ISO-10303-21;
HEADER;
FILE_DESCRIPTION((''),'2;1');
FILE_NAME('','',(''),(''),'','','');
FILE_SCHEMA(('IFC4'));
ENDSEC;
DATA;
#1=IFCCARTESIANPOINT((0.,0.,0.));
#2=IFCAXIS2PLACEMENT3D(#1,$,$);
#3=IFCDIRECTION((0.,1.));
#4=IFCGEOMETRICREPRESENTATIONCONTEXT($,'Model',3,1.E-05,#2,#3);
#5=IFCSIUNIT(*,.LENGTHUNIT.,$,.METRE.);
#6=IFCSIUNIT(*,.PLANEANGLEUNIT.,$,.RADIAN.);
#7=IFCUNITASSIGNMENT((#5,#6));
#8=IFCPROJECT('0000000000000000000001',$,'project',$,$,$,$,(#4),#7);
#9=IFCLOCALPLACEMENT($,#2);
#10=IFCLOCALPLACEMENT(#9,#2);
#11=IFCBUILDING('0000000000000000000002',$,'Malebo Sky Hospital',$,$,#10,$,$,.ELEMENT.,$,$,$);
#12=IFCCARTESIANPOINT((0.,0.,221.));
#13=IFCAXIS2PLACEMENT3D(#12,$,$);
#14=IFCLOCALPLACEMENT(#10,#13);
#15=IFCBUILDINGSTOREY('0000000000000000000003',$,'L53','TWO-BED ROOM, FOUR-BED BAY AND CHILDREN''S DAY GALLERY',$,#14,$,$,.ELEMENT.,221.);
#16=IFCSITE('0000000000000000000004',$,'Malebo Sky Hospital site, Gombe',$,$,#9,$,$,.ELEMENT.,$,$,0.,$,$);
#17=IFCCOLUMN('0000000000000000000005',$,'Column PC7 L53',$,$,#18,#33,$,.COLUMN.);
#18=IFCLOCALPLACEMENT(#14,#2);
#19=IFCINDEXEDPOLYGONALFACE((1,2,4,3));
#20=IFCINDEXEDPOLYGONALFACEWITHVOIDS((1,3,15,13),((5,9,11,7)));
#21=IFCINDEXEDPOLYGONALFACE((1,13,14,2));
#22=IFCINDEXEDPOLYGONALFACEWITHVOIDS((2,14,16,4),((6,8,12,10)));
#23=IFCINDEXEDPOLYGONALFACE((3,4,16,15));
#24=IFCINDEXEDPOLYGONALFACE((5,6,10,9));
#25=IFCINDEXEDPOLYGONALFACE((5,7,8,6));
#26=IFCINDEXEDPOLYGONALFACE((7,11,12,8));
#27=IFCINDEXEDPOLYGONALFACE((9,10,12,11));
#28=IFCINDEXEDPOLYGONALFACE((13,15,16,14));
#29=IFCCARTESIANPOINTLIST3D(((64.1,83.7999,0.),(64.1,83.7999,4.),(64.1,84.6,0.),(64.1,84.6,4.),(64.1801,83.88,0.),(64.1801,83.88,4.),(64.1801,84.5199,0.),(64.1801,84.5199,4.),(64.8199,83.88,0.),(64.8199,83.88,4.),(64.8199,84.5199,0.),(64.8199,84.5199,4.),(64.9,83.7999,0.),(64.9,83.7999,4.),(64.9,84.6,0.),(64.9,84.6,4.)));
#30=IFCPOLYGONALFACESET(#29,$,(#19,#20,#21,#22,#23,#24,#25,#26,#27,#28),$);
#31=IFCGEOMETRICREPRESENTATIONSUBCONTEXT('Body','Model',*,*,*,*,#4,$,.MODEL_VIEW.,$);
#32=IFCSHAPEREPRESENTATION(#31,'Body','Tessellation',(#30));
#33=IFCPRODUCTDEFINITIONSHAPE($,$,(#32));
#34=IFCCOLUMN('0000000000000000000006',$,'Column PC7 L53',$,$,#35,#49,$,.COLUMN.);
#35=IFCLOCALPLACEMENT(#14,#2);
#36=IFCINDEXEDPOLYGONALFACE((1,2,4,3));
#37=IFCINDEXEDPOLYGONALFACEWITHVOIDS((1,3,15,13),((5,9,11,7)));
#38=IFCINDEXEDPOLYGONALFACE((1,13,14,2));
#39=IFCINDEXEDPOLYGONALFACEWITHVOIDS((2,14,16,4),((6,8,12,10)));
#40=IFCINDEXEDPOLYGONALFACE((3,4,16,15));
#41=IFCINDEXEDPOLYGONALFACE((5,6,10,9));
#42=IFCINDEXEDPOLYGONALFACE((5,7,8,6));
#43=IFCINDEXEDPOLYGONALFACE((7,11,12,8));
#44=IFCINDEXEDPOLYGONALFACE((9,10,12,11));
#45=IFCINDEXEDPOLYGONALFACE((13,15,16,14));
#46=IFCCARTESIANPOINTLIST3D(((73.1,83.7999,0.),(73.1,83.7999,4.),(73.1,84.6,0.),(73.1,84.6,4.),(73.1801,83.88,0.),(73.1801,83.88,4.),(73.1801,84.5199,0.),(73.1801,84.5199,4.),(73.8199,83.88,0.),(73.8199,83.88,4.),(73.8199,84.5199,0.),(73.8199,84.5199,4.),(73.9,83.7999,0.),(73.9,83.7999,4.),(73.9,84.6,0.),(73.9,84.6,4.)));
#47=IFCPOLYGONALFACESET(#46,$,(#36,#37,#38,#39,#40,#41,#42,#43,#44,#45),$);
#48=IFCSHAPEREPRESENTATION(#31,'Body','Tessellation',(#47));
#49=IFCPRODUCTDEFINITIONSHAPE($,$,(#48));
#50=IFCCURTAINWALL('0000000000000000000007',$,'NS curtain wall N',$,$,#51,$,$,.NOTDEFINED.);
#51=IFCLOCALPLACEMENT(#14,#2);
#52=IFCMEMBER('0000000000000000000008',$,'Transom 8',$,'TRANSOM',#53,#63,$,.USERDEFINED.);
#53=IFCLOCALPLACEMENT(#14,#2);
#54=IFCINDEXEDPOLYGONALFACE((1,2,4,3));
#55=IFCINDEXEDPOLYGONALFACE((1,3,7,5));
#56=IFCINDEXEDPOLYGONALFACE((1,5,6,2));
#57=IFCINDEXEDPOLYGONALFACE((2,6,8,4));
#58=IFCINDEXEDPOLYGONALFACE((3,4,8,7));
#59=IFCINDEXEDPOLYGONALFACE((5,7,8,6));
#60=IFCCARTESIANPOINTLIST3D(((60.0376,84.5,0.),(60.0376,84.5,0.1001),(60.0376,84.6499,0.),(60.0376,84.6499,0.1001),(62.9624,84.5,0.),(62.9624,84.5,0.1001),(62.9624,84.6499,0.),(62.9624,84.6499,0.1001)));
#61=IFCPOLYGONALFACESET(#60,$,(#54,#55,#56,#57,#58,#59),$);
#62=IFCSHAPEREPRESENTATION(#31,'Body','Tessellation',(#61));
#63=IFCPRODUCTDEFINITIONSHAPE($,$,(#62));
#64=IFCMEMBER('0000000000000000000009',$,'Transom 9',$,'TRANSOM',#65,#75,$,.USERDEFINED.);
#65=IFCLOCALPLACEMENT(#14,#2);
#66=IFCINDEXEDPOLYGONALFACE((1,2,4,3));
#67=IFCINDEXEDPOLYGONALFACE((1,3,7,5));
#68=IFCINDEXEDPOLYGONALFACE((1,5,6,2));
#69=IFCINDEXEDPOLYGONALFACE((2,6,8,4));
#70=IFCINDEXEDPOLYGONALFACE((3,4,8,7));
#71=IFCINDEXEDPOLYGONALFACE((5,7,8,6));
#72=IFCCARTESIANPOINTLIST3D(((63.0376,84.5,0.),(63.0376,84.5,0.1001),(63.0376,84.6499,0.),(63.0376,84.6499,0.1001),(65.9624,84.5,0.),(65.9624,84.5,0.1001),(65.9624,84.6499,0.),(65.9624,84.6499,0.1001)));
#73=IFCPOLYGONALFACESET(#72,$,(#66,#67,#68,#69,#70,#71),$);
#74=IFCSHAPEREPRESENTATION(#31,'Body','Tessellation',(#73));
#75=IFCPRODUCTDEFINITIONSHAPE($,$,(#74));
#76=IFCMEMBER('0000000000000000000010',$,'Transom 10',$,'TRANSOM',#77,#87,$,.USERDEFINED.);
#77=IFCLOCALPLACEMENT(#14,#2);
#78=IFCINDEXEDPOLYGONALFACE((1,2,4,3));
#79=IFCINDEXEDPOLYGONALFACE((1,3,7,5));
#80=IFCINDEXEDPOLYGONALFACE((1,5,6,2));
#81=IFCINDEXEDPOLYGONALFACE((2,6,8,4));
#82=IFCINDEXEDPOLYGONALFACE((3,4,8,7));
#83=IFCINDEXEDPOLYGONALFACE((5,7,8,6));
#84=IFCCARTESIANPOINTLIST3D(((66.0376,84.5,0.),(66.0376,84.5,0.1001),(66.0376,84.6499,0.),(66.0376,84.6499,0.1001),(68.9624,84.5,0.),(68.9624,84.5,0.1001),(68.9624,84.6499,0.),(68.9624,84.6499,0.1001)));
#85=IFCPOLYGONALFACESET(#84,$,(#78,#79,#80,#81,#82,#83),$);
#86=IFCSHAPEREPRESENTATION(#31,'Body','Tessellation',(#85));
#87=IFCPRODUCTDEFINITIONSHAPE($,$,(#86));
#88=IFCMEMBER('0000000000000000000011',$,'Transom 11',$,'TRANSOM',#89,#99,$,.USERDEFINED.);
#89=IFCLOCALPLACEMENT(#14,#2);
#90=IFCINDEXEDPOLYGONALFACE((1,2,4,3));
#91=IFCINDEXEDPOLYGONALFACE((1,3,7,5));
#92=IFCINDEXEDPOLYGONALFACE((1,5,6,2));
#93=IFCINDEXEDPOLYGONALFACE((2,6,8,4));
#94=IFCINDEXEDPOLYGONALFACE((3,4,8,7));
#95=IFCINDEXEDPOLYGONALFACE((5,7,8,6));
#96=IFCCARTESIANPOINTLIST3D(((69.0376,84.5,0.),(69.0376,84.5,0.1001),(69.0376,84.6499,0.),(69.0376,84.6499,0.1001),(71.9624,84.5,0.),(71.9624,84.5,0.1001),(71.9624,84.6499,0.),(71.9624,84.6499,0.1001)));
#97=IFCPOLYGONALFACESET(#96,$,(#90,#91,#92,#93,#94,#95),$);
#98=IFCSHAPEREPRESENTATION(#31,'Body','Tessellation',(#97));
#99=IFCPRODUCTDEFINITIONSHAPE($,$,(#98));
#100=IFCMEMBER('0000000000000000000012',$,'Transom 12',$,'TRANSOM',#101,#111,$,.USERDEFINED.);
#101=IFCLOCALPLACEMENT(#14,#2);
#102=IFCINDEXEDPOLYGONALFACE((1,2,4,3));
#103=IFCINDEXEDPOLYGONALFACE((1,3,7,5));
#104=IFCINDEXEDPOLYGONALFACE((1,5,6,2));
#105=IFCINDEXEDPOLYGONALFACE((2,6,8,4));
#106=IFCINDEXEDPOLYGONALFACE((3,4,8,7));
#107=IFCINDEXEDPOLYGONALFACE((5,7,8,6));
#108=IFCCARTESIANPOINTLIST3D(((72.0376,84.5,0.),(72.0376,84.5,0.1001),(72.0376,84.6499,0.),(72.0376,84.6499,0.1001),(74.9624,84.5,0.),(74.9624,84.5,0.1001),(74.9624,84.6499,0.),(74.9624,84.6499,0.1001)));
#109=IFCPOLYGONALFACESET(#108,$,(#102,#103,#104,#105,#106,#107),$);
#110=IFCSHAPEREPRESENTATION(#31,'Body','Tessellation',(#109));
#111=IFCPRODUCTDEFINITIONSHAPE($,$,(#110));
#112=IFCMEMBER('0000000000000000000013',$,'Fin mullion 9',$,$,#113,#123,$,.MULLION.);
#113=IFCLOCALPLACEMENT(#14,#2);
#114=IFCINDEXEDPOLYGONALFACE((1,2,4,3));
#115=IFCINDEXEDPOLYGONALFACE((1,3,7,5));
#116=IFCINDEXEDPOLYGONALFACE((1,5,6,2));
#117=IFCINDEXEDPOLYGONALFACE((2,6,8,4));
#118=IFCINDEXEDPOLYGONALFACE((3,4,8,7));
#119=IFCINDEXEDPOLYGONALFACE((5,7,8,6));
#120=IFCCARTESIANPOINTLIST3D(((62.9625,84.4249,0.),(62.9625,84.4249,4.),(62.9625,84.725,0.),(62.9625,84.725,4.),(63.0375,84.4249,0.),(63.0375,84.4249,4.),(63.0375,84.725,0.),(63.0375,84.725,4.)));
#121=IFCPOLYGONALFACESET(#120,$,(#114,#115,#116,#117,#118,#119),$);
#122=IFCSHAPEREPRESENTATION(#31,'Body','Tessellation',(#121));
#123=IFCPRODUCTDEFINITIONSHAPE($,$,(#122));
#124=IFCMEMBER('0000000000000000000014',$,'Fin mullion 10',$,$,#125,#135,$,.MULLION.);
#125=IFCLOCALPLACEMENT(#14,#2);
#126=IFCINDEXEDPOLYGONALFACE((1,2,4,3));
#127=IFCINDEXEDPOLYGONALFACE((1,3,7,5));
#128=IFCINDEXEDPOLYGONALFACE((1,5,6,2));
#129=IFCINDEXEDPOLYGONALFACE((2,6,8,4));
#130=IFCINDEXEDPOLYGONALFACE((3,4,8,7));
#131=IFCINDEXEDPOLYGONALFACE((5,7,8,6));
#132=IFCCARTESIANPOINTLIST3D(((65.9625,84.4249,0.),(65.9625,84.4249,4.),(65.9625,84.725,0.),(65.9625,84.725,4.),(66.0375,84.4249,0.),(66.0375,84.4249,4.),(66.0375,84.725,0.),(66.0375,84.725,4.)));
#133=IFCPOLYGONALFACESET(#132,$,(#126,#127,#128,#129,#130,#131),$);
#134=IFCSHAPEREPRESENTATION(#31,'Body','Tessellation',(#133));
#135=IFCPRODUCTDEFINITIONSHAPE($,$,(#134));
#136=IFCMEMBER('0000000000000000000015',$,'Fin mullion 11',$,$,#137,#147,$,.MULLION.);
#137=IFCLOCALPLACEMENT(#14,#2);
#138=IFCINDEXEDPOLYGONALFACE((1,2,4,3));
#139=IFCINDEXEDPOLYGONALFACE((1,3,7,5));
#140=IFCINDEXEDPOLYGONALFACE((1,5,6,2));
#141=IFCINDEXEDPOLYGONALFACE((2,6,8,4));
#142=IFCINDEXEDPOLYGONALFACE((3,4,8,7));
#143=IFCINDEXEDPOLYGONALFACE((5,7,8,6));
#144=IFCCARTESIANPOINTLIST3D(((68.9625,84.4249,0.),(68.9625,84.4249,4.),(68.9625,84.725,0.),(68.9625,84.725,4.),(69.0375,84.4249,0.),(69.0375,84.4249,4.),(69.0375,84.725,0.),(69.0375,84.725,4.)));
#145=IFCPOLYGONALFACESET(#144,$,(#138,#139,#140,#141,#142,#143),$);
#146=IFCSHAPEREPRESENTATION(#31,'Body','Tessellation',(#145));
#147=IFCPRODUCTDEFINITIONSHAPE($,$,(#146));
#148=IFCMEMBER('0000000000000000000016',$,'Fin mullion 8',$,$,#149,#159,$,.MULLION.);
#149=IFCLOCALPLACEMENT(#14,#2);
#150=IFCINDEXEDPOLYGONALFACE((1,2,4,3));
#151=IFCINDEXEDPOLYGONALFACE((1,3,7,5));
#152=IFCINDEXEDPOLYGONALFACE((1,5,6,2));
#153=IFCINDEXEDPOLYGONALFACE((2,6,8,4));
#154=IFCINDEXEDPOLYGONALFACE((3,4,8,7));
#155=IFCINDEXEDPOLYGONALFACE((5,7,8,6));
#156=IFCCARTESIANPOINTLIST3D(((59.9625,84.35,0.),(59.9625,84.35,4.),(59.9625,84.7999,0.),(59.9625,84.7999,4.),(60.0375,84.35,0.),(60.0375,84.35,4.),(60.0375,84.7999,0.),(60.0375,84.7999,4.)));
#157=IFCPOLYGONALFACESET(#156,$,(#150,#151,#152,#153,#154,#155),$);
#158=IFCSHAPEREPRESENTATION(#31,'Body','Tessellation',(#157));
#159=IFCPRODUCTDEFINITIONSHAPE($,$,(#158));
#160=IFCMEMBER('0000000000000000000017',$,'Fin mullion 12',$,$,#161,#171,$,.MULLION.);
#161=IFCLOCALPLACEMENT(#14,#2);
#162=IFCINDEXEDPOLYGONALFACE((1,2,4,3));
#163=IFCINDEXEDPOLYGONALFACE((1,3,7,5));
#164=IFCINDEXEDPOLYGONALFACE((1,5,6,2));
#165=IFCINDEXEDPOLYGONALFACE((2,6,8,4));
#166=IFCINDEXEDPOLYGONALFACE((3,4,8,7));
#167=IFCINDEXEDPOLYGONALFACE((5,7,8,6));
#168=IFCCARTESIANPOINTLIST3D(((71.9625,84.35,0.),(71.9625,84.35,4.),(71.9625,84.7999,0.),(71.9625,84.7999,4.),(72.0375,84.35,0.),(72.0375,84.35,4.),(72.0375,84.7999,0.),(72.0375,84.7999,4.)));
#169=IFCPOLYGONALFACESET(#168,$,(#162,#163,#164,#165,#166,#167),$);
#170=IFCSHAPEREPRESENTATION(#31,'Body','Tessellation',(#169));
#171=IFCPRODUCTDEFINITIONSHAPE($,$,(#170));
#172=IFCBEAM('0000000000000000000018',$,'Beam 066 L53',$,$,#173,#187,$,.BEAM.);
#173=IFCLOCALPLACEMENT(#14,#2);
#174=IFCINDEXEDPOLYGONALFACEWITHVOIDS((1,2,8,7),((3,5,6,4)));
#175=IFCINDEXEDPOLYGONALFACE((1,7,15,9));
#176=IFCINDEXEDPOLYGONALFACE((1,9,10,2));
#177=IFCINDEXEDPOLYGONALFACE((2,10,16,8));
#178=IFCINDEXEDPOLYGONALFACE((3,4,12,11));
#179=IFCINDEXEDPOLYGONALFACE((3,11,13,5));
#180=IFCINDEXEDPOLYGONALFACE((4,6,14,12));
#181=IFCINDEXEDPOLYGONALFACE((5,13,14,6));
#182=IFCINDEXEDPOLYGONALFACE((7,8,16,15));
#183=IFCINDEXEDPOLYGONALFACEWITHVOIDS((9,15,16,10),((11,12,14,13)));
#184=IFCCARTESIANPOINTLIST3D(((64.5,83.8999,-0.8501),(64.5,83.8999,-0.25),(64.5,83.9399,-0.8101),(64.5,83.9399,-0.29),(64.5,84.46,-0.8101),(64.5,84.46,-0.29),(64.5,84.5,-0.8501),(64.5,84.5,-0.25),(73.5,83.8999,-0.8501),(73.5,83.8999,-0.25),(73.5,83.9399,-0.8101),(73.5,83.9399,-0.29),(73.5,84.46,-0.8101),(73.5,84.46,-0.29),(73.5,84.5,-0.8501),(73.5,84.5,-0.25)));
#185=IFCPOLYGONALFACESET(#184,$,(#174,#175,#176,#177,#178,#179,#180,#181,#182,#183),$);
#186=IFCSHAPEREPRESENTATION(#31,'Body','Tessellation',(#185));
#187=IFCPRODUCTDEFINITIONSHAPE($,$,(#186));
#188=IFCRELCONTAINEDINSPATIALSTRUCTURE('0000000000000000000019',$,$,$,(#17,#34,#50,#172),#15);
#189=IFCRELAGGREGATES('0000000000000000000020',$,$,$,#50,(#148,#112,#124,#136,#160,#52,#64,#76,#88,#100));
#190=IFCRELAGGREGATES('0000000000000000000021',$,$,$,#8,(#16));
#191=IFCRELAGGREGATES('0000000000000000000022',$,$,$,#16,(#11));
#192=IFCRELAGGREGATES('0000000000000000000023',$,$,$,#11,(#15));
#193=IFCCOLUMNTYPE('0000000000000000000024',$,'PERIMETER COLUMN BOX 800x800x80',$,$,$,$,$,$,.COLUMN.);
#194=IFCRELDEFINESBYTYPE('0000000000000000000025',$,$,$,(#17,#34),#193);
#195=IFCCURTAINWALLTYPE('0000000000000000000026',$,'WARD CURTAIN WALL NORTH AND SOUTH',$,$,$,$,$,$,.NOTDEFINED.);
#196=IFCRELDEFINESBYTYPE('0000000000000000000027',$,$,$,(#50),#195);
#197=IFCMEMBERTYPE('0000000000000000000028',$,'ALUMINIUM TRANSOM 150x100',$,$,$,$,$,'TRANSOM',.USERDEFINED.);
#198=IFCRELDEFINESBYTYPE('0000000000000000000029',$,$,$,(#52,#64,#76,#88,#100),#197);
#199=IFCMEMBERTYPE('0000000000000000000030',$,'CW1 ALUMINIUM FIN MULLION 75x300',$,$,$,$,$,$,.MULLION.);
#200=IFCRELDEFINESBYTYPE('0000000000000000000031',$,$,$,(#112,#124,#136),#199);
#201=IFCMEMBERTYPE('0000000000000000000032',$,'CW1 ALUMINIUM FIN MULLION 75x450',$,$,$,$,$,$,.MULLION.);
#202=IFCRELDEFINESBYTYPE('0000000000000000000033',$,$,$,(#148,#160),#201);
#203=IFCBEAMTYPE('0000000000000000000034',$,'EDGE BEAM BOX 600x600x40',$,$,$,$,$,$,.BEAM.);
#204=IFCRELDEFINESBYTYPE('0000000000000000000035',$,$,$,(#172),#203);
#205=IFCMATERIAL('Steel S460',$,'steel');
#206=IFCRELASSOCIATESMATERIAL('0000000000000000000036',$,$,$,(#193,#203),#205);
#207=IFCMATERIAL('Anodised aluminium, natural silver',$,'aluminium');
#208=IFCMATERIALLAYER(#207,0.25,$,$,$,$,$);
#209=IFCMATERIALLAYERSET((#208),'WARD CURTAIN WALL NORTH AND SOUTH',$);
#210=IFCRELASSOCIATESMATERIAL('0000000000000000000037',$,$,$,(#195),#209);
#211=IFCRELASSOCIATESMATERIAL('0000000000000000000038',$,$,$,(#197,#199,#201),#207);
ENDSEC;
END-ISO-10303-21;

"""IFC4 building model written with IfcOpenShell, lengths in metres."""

from ifc_helpers import new_model, si_unit, direction, frame, origin, origin_2d, place, context, subcontext, project, spatial, rectangle, hollow_rectangle, extrude, material, layer, layer_set, material_profile, profile_set, type_object, element, aggregate, save


model = new_model("IFC4")

# Units and contexts
model_context = context("Model", 3, precision=1e-05, world=origin(), true_north=direction((0.0, 1.0)))
body_context = subcontext(model_context, "Body", "Model", "MODEL_VIEW")
ifc_project = project(units=[si_unit("LENGTHUNIT", "METRE"), si_unit("PLANEANGLEUNIT", "RADIAN")], contexts=[model_context])

# Site, building, storey
site_placement = place(None, origin())
site = spatial("IfcSite", under=ifc_project, at=site_placement, Name="Malebo Sky Hospital site, Gombe", CompositionType="ELEMENT", RefElevation=0.0)
building_placement = place(site_placement, origin())
building = spatial("IfcBuilding", under=site, at=building_placement, Name="Malebo Sky Hospital", CompositionType="ELEMENT")
storey_placement = place(building_placement, frame((0.0, 0.0, 221.0)))
storey = spatial("IfcBuildingStorey", under=building, at=storey_placement, Name="L53", Description="TWO-BED ROOM, FOUR-BED BAY AND CHILDREN'S DAY GALLERY", CompositionType="ELEMENT", Elevation=221.0)

# Columns
ifc_material_1 = material(Name="Steel S460", Category="steel")
ifc_material_profile_1 = material_profile(ifc_material_1, hollow_rectangle(XDim=0.8, YDim=0.8, WallThickness=0.0801, at=origin_2d()), Name="BOX 800x800x80")
ifc_profile_set_1 = profile_set([ifc_material_profile_1], Name="Steel S460")
column_type = type_object("IfcColumnType", Name="PERIMETER COLUMN BOX 800x800x80", PredefinedType="COLUMN", material=ifc_profile_set_1)
for number, where, z_axis, x_axis, name in (
    (1, (64.5, 84.2, 0.0), (0.0, 0.0, 1.0), (1.0, 0.0, 0.0), "Column PC7 L53"),
    (2, (73.5, 84.2, 0.0), (0.0, 0.0, 1.0), (1.0, 0.0, 0.0), "Column PC7 L53"),
):
    element("IfcColumn", number, at=place(storey_placement, frame(where, z_axis=z_axis, x_axis=x_axis)), inside=storey, type_object=column_type, Name=name, PredefinedType="COLUMN", context=body_context, shape_type="SweptSolid", body=[
        extrude(hollow_rectangle(XDim=0.8, YDim=0.8, WallThickness=0.0801, at=origin_2d()), origin(), (0.0, 0.0, 1.0), 4.0),
    ])

# Curtain wall, members
ifc_material_2 = material(Name="Anodised aluminium, natural silver", Category="aluminium")
ifc_layer_1 = layer(ifc_material_2, 0.25)
ifc_layer_set_1 = layer_set([ifc_layer_1], Name="WARD CURTAIN WALL NORTH AND SOUTH")
curtain_wall_type = type_object("IfcCurtainWallType", Name="WARD CURTAIN WALL NORTH AND SOUTH", PredefinedType="NOTDEFINED", material=ifc_layer_set_1)
curtain_wall_placement = place(storey_placement, origin())
curtain_wall = element("IfcCurtainWall", 3, at=curtain_wall_placement, inside=storey, type_object=curtain_wall_type, Name="NS curtain wall N", PredefinedType="NOTDEFINED")
ifc_material_profile_2 = material_profile(ifc_material_2, rectangle(XDim=0.1499, YDim=0.1001, at=origin_2d()), Name="ALUMINIUM TRANSOM 150x100")
ifc_profile_set_2 = profile_set([ifc_material_profile_2], Name="Anodised aluminium, natural silver")
member_type_1 = type_object("IfcMemberType", Name="ALUMINIUM TRANSOM 150x100", ElementType="TRANSOM", PredefinedType="USERDEFINED", material=ifc_profile_set_2)
member_1_placement = place(storey_placement, frame((60.0376, 84.575, 0.05), z_axis=(1.0, 0.0, 0.0), x_axis=(0.0, 1.0, 0.0)))
member_1 = element("IfcMember", 4, at=member_1_placement, type_object=member_type_1, Name="Transom 8", ObjectType="TRANSOM", PredefinedType="USERDEFINED", context=body_context, shape_type="SweptSolid", body=[
    extrude(rectangle(XDim=0.1499, YDim=0.1001, at=origin_2d()), origin(), (0.0, 0.0, 1.0), 2.9248),
])
member_2_placement = place(storey_placement, frame((63.0376, 84.575, 0.05), z_axis=(1.0, 0.0, 0.0), x_axis=(0.0, 1.0, 0.0)))
member_2 = element("IfcMember", 5, at=member_2_placement, type_object=member_type_1, Name="Transom 9", ObjectType="TRANSOM", PredefinedType="USERDEFINED", context=body_context, shape_type="SweptSolid", body=[
    extrude(rectangle(XDim=0.1499, YDim=0.1001, at=origin_2d()), origin(), (0.0, 0.0, 1.0), 2.9248),
])
member_3_placement = place(storey_placement, frame((66.0376, 84.575, 0.05), z_axis=(1.0, 0.0, 0.0), x_axis=(0.0, 1.0, 0.0)))
member_3 = element("IfcMember", 6, at=member_3_placement, type_object=member_type_1, Name="Transom 10", ObjectType="TRANSOM", PredefinedType="USERDEFINED", context=body_context, shape_type="SweptSolid", body=[
    extrude(rectangle(XDim=0.1499, YDim=0.1001, at=origin_2d()), origin(), (0.0, 0.0, 1.0), 2.9248),
])
member_4_placement = place(storey_placement, frame((69.0376, 84.575, 0.05), z_axis=(1.0, 0.0, 0.0), x_axis=(0.0, 1.0, 0.0)))
member_4 = element("IfcMember", 7, at=member_4_placement, type_object=member_type_1, Name="Transom 11", ObjectType="TRANSOM", PredefinedType="USERDEFINED", context=body_context, shape_type="SweptSolid", body=[
    extrude(rectangle(XDim=0.1499, YDim=0.1001, at=origin_2d()), origin(), (0.0, 0.0, 1.0), 2.9248),
])
member_5_placement = place(storey_placement, frame((72.0376, 84.575, 0.05), z_axis=(1.0, 0.0, 0.0), x_axis=(0.0, 1.0, 0.0)))
member_5 = element("IfcMember", 8, at=member_5_placement, type_object=member_type_1, Name="Transom 12", ObjectType="TRANSOM", PredefinedType="USERDEFINED", context=body_context, shape_type="SweptSolid", body=[
    extrude(rectangle(XDim=0.1499, YDim=0.1001, at=origin_2d()), origin(), (0.0, 0.0, 1.0), 2.9248),
])
ifc_material_profile_3 = material_profile(ifc_material_2, rectangle(XDim=0.075, YDim=0.3, at=origin_2d()), Name="CW1 ALUMINIUM FIN MULLION 75x300")
ifc_profile_set_3 = profile_set([ifc_material_profile_3], Name="Anodised aluminium, natural silver")
member_type_2 = type_object("IfcMemberType", Name="CW1 ALUMINIUM FIN MULLION 75x300", PredefinedType="MULLION", material=ifc_profile_set_3)
member_6_placement = place(storey_placement, frame((63.0, 84.575, 0.0), z_axis=(0.0, 0.0, 1.0), x_axis=(1.0, 0.0, 0.0)))
member_6 = element("IfcMember", 9, at=member_6_placement, type_object=member_type_2, Name="Fin mullion 9", PredefinedType="MULLION", context=body_context, shape_type="SweptSolid", body=[
    extrude(rectangle(XDim=0.075, YDim=0.3, at=origin_2d()), origin(), (0.0, 0.0, 1.0), 4.0),
])
member_7_placement = place(storey_placement, frame((66.0, 84.575, 0.0), z_axis=(0.0, 0.0, 1.0), x_axis=(1.0, 0.0, 0.0)))
member_7 = element("IfcMember", 10, at=member_7_placement, type_object=member_type_2, Name="Fin mullion 10", PredefinedType="MULLION", context=body_context, shape_type="SweptSolid", body=[
    extrude(rectangle(XDim=0.075, YDim=0.3, at=origin_2d()), origin(), (0.0, 0.0, 1.0), 4.0),
])
member_8_placement = place(storey_placement, frame((69.0, 84.575, 0.0), z_axis=(0.0, 0.0, 1.0), x_axis=(1.0, 0.0, 0.0)))
member_8 = element("IfcMember", 11, at=member_8_placement, type_object=member_type_2, Name="Fin mullion 11", PredefinedType="MULLION", context=body_context, shape_type="SweptSolid", body=[
    extrude(rectangle(XDim=0.075, YDim=0.3, at=origin_2d()), origin(), (0.0, 0.0, 1.0), 4.0),
])
ifc_material_profile_4 = material_profile(ifc_material_2, rectangle(XDim=0.075, YDim=0.45, at=origin_2d()), Name="CW1 ALUMINIUM FIN MULLION 75x450")
ifc_profile_set_4 = profile_set([ifc_material_profile_4], Name="Anodised aluminium, natural silver")
member_type_3 = type_object("IfcMemberType", Name="CW1 ALUMINIUM FIN MULLION 75x450", PredefinedType="MULLION", material=ifc_profile_set_4)
member_9_placement = place(storey_placement, frame((60.0, 84.575, 0.0), z_axis=(0.0, 0.0, 1.0), x_axis=(1.0, 0.0, 0.0)))
member_9 = element("IfcMember", 12, at=member_9_placement, type_object=member_type_3, Name="Fin mullion 8", PredefinedType="MULLION", context=body_context, shape_type="SweptSolid", body=[
    extrude(rectangle(XDim=0.075, YDim=0.45, at=origin_2d()), origin(), (0.0, 0.0, 1.0), 4.0),
])
member_10_placement = place(storey_placement, frame((72.0, 84.575, 0.0), z_axis=(0.0, 0.0, 1.0), x_axis=(1.0, 0.0, 0.0)))
member_10 = element("IfcMember", 13, at=member_10_placement, type_object=member_type_3, Name="Fin mullion 12", PredefinedType="MULLION", context=body_context, shape_type="SweptSolid", body=[
    extrude(rectangle(XDim=0.075, YDim=0.45, at=origin_2d()), origin(), (0.0, 0.0, 1.0), 4.0),
])

# Beam
ifc_material_profile_5 = material_profile(ifc_material_1, hollow_rectangle(XDim=0.6001, YDim=0.6001, WallThickness=0.04, at=origin_2d()), Name="BOX 600x600x40")
ifc_profile_set_5 = profile_set([ifc_material_profile_5], Name="Steel S460")
beam_type_1 = type_object("IfcBeamType", Name="EDGE BEAM BOX 600x600x40", PredefinedType="BEAM", material=ifc_profile_set_5)
beam_1_placement = place(storey_placement, frame((64.5, 84.2, -0.55), z_axis=(1.0, 0.0, 0.0), x_axis=(0.0, 1.0, 0.0)))
element("IfcBeam", 14, at=beam_1_placement, inside=storey, type_object=beam_type_1, Name="Beam 066 L53", PredefinedType="BEAM", context=body_context, shape_type="SweptSolid", body=[
    extrude(hollow_rectangle(XDim=0.6001, YDim=0.6001, WallThickness=0.04, at=origin_2d()), origin(), (0.0, 0.0, 1.0), 9.0),
])

aggregate(curtain_wall, [member_9, member_6, member_7, member_8, member_10, member_1, member_2, member_3, member_4, member_5])

save(model, "model.ifc")
